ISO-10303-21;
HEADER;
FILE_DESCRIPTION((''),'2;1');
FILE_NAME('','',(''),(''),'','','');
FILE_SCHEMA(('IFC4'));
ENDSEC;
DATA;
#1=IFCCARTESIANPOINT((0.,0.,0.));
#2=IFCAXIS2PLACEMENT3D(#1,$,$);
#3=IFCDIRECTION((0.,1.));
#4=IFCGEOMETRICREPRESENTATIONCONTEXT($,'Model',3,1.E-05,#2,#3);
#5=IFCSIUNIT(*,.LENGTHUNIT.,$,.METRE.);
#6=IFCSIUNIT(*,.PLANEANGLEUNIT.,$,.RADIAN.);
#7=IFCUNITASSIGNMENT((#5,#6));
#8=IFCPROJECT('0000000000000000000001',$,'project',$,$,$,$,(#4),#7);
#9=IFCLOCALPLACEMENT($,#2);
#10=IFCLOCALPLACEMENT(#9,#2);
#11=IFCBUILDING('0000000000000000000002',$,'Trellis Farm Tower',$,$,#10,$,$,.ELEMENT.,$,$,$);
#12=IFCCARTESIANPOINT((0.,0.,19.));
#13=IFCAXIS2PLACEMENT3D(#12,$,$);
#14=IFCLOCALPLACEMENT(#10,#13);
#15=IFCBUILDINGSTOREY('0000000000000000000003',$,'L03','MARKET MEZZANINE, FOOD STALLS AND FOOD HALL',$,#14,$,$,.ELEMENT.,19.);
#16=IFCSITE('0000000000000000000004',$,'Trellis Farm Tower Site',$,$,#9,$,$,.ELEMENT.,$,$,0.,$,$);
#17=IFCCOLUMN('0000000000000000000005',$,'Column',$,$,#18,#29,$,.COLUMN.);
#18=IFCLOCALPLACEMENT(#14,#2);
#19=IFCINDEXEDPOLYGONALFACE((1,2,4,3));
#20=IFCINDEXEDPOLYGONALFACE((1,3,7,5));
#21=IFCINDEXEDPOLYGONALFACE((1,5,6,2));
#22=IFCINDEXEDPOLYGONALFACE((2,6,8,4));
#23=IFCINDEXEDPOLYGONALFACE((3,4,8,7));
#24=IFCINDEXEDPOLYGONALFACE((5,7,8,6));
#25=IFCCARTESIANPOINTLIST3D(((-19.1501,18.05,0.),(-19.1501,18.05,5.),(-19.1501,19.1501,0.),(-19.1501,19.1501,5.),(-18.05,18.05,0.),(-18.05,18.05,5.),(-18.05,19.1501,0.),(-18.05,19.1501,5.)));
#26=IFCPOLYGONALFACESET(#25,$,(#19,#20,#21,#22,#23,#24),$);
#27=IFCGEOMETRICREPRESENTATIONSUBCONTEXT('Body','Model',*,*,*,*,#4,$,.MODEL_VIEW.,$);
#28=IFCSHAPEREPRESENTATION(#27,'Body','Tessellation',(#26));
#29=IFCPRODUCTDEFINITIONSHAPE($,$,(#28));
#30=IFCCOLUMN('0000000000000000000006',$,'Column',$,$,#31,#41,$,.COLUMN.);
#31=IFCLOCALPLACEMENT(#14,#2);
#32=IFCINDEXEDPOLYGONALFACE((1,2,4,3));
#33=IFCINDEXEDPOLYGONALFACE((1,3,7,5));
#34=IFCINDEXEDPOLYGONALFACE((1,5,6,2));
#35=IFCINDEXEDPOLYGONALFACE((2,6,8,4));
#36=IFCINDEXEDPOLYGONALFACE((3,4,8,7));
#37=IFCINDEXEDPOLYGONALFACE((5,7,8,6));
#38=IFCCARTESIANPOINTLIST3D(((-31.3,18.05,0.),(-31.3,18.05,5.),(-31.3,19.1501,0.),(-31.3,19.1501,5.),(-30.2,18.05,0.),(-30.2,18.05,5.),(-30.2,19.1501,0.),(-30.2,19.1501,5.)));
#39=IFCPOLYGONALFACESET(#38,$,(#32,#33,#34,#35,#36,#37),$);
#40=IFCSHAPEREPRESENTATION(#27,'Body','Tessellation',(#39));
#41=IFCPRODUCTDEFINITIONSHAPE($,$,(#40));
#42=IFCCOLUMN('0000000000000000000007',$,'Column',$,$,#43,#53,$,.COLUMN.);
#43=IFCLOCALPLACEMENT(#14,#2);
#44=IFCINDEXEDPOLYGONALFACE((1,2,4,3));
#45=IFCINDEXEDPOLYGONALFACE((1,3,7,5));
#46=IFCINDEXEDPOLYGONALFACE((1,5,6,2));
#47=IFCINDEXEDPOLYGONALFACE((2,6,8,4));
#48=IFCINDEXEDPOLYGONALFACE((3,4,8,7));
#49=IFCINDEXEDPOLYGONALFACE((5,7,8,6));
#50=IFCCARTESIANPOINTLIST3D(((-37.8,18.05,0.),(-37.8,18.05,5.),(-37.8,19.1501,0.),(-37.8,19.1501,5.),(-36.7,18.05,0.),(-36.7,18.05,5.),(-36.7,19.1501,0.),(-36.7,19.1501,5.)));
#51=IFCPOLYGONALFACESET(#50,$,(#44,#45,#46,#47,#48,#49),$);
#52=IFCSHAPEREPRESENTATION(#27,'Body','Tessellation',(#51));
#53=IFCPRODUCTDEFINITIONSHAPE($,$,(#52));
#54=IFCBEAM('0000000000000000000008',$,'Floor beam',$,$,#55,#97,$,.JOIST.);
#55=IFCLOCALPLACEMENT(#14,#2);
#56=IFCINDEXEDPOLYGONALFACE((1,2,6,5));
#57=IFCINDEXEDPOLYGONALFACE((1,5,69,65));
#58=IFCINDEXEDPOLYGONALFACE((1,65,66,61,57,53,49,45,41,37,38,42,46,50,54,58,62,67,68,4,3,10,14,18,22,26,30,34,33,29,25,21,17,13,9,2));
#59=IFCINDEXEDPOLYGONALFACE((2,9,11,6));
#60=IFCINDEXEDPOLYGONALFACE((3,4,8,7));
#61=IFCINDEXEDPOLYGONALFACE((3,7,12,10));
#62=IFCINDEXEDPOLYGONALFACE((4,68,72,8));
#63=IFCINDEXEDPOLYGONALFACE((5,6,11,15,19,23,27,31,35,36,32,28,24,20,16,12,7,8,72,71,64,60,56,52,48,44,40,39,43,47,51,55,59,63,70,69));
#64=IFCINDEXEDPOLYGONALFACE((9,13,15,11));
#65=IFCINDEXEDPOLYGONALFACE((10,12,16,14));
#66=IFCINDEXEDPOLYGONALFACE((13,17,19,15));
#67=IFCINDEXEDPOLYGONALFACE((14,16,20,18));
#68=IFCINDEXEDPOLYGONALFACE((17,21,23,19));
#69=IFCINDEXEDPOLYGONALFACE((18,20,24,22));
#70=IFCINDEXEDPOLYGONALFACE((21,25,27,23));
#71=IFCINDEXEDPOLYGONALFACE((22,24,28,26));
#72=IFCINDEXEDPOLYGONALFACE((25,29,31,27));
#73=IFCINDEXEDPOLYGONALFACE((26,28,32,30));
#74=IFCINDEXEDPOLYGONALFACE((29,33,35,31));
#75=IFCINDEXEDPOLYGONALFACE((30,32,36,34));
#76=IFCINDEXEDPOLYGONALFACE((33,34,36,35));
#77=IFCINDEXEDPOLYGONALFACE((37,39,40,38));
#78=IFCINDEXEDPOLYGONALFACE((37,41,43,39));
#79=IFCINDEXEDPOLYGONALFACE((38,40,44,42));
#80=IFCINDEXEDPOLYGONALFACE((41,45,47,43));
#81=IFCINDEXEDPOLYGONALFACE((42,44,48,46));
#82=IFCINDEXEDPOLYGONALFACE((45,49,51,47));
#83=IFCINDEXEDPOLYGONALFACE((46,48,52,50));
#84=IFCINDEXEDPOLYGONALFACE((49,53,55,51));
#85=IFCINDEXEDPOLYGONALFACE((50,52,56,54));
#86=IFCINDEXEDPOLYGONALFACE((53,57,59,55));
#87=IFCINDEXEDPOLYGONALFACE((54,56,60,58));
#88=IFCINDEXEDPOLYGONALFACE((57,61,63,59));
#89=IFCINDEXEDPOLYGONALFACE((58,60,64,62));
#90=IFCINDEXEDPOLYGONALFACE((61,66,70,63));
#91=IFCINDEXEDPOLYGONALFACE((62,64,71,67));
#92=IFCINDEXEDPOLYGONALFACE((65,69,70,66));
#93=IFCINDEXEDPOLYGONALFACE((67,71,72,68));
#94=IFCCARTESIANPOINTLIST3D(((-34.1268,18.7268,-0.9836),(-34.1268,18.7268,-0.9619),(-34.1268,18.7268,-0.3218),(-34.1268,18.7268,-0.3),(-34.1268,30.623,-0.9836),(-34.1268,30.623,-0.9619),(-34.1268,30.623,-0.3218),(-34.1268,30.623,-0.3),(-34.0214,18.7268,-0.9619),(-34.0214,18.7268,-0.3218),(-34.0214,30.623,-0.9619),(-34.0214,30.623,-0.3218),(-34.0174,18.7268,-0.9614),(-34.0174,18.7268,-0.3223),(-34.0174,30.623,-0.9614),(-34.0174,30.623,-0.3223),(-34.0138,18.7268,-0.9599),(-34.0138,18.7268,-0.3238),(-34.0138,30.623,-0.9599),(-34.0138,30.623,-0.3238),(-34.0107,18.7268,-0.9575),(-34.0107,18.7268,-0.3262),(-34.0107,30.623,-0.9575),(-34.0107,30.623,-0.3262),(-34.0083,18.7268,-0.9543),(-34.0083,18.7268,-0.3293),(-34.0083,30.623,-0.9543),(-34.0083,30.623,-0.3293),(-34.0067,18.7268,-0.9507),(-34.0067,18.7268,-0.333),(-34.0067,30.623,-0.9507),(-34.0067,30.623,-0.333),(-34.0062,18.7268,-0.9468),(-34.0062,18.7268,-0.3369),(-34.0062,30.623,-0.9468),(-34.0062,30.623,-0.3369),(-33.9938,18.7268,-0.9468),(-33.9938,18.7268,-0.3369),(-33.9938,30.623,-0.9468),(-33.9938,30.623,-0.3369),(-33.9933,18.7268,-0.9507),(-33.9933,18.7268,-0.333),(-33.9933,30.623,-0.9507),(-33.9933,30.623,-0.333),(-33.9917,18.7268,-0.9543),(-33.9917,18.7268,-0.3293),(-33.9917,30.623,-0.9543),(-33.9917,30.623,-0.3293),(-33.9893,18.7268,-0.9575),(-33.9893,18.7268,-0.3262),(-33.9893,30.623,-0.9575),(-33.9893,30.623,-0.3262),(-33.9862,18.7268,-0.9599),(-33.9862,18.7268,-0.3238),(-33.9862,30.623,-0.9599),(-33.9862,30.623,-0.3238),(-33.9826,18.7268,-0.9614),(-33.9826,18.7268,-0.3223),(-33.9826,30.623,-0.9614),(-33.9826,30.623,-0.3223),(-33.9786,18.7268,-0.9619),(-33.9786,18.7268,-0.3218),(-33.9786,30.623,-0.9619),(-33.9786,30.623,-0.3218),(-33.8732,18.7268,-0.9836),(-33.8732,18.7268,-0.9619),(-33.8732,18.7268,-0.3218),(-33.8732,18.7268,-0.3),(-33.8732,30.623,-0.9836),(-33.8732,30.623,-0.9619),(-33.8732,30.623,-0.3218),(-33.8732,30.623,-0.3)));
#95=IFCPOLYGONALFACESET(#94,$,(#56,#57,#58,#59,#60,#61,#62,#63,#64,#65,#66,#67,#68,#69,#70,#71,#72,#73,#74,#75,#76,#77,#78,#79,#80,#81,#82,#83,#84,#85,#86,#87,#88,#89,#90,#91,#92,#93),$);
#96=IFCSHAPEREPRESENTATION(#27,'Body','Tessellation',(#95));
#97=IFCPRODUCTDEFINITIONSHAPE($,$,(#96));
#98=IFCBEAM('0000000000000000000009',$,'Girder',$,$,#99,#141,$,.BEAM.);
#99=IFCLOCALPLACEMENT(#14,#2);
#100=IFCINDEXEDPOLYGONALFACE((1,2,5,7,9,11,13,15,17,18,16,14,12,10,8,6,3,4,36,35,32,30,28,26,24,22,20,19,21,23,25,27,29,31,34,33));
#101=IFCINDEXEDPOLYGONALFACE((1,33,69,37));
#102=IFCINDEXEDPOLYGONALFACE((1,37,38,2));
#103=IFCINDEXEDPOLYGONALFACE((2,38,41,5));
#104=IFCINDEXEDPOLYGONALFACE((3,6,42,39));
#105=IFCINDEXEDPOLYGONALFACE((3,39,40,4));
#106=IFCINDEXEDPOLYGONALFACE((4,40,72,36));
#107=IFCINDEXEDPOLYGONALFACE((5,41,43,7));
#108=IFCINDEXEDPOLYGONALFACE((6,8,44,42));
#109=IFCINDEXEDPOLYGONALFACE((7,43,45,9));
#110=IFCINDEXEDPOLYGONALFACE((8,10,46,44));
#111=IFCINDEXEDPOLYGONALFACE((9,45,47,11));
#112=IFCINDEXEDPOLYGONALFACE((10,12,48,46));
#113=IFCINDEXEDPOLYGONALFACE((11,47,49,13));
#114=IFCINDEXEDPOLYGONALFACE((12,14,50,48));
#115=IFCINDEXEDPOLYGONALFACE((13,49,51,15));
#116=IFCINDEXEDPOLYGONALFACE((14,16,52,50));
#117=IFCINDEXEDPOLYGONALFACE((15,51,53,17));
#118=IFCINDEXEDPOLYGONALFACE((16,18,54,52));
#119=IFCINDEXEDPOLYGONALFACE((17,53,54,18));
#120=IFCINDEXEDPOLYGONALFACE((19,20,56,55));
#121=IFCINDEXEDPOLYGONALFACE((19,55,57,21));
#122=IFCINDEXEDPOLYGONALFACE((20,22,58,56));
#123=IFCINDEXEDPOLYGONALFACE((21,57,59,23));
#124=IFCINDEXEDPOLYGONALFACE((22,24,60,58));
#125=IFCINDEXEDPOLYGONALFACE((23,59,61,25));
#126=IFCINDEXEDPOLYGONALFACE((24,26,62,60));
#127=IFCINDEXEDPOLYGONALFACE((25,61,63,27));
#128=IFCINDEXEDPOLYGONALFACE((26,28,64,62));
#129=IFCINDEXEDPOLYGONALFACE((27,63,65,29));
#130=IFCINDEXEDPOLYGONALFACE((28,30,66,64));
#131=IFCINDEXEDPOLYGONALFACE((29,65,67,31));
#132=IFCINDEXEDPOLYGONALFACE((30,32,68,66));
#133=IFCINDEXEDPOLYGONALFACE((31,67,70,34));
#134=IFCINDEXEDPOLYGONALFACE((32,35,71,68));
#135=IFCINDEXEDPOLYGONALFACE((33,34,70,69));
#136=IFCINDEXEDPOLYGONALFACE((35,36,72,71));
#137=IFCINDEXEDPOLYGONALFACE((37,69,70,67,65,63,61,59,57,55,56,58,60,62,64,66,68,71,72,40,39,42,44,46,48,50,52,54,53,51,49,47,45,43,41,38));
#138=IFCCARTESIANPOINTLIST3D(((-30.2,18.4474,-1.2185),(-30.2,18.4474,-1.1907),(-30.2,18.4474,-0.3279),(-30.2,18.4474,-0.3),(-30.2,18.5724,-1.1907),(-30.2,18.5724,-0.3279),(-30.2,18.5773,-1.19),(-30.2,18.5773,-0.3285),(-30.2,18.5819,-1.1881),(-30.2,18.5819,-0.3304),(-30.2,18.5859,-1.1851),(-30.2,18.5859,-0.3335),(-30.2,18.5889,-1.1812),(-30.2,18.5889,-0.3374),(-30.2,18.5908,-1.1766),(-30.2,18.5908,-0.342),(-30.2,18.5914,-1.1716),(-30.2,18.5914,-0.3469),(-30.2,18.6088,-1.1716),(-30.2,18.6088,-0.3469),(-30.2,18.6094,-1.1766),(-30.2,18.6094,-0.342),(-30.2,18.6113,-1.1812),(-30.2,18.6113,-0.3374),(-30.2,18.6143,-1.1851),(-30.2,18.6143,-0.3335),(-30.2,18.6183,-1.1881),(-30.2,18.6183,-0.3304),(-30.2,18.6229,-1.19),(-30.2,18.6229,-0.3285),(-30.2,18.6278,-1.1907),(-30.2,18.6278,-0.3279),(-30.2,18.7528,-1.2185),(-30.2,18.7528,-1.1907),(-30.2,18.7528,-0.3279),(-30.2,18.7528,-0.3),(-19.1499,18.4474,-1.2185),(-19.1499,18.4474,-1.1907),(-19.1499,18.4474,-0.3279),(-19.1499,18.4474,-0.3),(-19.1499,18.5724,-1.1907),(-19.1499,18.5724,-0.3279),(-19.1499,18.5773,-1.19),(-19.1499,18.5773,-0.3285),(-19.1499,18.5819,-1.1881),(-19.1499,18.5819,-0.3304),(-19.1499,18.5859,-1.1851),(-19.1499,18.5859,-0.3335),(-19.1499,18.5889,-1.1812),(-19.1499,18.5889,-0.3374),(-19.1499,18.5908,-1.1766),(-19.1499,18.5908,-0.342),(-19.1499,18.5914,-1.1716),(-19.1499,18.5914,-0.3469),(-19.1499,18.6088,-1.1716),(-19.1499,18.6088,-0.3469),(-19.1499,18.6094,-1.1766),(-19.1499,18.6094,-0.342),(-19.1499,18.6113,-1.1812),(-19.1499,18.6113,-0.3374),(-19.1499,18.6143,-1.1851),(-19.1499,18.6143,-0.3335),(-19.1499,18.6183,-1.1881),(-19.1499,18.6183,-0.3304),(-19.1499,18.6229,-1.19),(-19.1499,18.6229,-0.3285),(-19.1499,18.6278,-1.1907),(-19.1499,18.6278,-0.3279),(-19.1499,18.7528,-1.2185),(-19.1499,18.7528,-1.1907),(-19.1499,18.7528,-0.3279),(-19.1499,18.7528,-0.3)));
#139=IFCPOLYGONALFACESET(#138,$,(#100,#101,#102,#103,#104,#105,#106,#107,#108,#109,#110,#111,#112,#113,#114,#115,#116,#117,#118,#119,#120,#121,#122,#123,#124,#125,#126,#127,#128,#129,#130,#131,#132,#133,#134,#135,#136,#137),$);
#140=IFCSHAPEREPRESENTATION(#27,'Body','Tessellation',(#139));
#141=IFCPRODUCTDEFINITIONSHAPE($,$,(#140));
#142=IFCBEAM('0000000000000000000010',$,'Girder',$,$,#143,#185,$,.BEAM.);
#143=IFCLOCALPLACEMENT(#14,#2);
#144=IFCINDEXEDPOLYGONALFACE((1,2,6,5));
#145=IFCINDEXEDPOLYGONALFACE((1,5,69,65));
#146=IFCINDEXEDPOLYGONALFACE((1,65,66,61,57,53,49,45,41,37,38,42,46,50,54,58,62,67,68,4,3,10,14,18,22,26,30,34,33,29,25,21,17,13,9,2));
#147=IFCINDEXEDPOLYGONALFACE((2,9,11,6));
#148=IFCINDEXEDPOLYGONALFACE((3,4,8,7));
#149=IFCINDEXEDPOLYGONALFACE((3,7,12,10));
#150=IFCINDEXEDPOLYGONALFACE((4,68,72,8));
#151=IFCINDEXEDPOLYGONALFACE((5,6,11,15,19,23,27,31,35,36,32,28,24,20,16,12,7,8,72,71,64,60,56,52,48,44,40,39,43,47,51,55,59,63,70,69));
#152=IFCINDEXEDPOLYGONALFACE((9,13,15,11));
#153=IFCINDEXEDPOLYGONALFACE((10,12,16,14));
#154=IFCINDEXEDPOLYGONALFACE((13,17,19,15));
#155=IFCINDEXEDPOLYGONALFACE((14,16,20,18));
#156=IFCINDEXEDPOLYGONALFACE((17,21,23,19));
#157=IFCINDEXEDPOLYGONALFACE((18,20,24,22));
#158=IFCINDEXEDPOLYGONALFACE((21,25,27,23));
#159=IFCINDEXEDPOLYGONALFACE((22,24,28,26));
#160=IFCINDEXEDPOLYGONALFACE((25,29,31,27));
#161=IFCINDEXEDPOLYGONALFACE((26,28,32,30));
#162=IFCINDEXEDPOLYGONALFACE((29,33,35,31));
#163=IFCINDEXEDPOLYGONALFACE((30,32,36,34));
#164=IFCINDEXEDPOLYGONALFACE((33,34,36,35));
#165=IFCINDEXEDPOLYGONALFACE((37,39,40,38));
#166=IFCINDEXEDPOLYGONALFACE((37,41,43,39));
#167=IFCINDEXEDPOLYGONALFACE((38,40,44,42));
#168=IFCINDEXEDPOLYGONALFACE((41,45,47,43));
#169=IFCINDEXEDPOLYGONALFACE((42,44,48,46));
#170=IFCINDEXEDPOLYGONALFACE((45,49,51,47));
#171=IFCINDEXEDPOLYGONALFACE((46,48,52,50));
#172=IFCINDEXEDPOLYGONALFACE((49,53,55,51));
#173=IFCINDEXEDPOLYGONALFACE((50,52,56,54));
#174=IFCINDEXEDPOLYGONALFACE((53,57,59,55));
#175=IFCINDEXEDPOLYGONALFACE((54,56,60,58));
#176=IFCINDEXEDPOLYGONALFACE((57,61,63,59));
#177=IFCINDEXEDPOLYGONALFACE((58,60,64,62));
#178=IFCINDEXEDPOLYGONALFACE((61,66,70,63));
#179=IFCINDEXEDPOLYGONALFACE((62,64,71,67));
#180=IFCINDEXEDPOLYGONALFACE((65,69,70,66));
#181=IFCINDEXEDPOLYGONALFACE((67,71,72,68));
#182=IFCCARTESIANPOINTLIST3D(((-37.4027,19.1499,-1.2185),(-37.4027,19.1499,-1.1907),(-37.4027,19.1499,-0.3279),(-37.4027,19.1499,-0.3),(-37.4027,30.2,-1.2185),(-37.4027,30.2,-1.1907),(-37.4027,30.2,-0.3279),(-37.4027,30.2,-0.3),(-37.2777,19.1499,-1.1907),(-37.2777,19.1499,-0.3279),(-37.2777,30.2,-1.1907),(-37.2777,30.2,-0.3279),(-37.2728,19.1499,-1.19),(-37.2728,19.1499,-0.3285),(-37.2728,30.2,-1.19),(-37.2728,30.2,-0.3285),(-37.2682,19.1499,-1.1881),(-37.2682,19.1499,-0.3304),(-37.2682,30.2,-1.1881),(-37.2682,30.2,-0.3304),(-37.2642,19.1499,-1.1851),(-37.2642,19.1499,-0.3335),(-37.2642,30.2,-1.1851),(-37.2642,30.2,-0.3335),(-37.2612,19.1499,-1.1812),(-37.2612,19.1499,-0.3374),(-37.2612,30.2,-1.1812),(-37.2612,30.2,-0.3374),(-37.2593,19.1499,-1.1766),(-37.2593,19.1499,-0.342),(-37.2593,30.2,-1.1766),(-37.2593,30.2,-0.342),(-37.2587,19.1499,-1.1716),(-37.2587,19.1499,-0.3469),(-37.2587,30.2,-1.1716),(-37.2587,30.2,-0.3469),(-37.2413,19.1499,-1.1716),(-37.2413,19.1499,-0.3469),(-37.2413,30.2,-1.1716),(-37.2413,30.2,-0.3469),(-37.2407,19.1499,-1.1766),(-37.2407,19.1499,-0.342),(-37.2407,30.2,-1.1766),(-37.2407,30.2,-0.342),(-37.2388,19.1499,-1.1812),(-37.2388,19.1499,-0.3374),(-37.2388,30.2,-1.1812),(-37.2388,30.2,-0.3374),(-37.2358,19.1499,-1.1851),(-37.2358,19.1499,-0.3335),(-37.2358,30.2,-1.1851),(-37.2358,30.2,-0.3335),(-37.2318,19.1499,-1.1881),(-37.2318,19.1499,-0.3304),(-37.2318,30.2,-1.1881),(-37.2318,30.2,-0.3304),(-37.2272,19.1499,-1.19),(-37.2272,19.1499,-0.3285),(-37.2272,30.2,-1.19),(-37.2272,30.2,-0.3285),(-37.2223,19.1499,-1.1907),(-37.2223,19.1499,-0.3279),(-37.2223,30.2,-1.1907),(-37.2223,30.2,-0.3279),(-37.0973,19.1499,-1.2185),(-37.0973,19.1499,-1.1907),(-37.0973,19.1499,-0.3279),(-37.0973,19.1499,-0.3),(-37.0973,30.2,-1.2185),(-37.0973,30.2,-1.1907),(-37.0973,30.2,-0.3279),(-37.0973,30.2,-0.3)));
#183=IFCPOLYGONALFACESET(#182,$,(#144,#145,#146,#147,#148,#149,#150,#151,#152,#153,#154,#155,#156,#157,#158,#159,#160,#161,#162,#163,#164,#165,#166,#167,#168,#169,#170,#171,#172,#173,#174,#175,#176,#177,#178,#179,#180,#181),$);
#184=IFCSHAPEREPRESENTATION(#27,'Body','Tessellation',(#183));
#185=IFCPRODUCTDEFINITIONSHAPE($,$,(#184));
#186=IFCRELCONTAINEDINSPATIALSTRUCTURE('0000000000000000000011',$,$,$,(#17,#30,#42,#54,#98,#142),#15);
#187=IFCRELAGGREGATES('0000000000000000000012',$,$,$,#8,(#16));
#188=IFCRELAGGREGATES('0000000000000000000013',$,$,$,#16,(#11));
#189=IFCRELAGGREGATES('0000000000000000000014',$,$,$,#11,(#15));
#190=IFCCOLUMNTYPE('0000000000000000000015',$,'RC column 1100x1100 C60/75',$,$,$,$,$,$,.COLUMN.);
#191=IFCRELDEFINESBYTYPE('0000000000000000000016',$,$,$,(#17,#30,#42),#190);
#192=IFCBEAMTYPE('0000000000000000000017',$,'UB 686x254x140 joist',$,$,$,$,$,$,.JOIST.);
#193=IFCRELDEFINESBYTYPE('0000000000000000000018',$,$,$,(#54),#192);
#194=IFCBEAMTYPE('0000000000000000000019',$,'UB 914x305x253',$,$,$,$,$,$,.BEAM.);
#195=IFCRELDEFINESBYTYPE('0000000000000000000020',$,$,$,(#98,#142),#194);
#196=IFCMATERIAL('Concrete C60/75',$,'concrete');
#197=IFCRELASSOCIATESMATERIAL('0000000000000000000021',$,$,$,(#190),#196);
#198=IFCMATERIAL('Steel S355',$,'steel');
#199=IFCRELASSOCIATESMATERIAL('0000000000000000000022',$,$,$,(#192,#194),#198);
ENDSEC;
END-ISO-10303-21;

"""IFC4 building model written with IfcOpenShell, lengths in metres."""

from ifc_helpers import new_model, si_unit, direction, frame, origin, origin_2d, place, context, subcontext, project, spatial, rectangle, i_section, extrude, source, transform, mapped, material, material_profile, profile_set, type_object, element, save


model = new_model("IFC4")

# Units and contexts
model_context = context("Model", 3, precision=1e-05, world=origin(), true_north=direction((0.0, 1.0)))
body_context = subcontext(model_context, "Body", "Model", "MODEL_VIEW")
ifc_project = project(units=[si_unit("LENGTHUNIT", "METRE"), si_unit("PLANEANGLEUNIT", "RADIAN")], contexts=[model_context])

# Site, building, storey
site_placement = place(None, origin())
site = spatial("IfcSite", under=ifc_project, at=site_placement, Name="Trellis Farm Tower Site", CompositionType="ELEMENT", RefElevation=0.0)
building_placement = place(site_placement, origin())
building = spatial("IfcBuilding", under=site, at=building_placement, Name="Trellis Farm Tower", CompositionType="ELEMENT")
storey_placement = place(building_placement, frame((0.0, 0.0, 19.0)))
storey = spatial("IfcBuildingStorey", under=building, at=storey_placement, Name="L03", Description="MARKET MEZZANINE, FOOD STALLS AND FOOD HALL", CompositionType="ELEMENT", Elevation=19.0)

# Columns
ifc_material_1 = material(Name="Concrete C60/75", Category="concrete")
ifc_material_profile_1 = material_profile(ifc_material_1, rectangle(XDim=1.1001, YDim=1.1001, at=origin_2d()), Name="RC column 1100x1100 C60/75")
ifc_profile_set_1 = profile_set([ifc_material_profile_1], Name="Concrete C60/75")
column_type = type_object("IfcColumnType", Name="RC column 1100x1100 C60/75", PredefinedType="COLUMN", material=ifc_profile_set_1)
shared_shape_1 = source(origin(), body_context, "Body", "SweptSolid", [
    extrude(rectangle(XDim=1.1001, YDim=1.1001, at=origin_2d()), origin(), (0.0, 0.0, 1.0), 5.0),
])
for number, where, z_axis, x_axis, name in (
    (1, (-18.6001, 18.6001, 0.0), (0.0, 0.0, 1.0), (1.0, 0.0, 0.0), "Column"),
    (2, (-30.75, 18.6001, 0.0), (0.0, 0.0, 1.0), (1.0, 0.0, 0.0), "Column"),
    (3, (-37.25, 18.6001, 0.0), (0.0, 0.0, 1.0), (1.0, 0.0, 0.0), "Column"),
):
    element("IfcColumn", number, at=place(storey_placement, frame(where, z_axis=z_axis, x_axis=x_axis)), inside=storey, type_object=column_type, Name=name, PredefinedType="COLUMN", context=body_context, shape_type="MappedRepresentation", body=[
        mapped(shared_shape_1, transform((0.0, 0.0, 0.0))),
    ])

# Beams
ifc_material_2 = material(Name="Steel S355", Category="steel")
ifc_material_profile_2 = material_profile(ifc_material_2, i_section(OverallWidth=0.2537, OverallDepth=0.6836, WebThickness=0.0125, FlangeThickness=0.0217, FilletRadius=0.0151, at=origin_2d()), Name="UB 686x254x140")
ifc_profile_set_2 = profile_set([ifc_material_profile_2], Name="Steel S355")
beam_type_1 = type_object("IfcBeamType", Name="UB 686x254x140 joist", PredefinedType="JOIST", material=ifc_profile_set_2)
shared_shape_2 = source(origin(), body_context, "Body", "SweptSolid", [
    extrude(i_section(OverallWidth=0.2537, OverallDepth=0.6836, WebThickness=0.0125, FlangeThickness=0.0217, FilletRadius=0.0151, at=origin_2d()), origin(), (0.0, 0.0, 1.0), 11.8962),
])
beam_1_placement = place(storey_placement, frame((-34.0, 18.7268, -0.6418), z_axis=(0.0, 1.0, 0.0), x_axis=(-1.0, 0.0, 0.0)))
element("IfcBeam", 4, at=beam_1_placement, inside=storey, type_object=beam_type_1, Name="Floor beam", PredefinedType="JOIST", context=body_context, shape_type="MappedRepresentation", body=[
    mapped(shared_shape_2, transform((0.0, 0.0, 0.0))),
])
ifc_material_profile_3 = material_profile(ifc_material_2, i_section(OverallWidth=0.3054, OverallDepth=0.9185, WebThickness=0.0173, FlangeThickness=0.0278, FilletRadius=0.019, at=origin_2d()), Name="UB 914x305x253")
ifc_profile_set_3 = profile_set([ifc_material_profile_3], Name="Steel S355")
beam_type_2 = type_object("IfcBeamType", Name="UB 914x305x253", PredefinedType="BEAM", material=ifc_profile_set_3)
shared_shape_3 = source(origin(), body_context, "Body", "SweptSolid", [
    extrude(i_section(OverallWidth=0.3054, OverallDepth=0.9185, WebThickness=0.0173, FlangeThickness=0.0278, FilletRadius=0.019, at=origin_2d()), origin(), (0.0, 0.0, 1.0), 11.05),
])
for number, where, z_axis, x_axis, name in (
    (5, (-30.2, 18.6001, -0.7593), (1.0, 0.0, 0.0), (0.0, 1.0, 0.0), "Girder"),
    (6, (-37.25, 19.1499, -0.7593), (0.0, 1.0, 0.0), (-1.0, 0.0, 0.0), "Girder"),
):
    element("IfcBeam", number, at=place(storey_placement, frame(where, z_axis=z_axis, x_axis=x_axis)), inside=storey, type_object=beam_type_2, Name=name, PredefinedType="BEAM", context=body_context, shape_type="MappedRepresentation", body=[
        mapped(shared_shape_3, transform((0.0, 0.0, 0.0))),
    ])

save(model, "model.ifc")
